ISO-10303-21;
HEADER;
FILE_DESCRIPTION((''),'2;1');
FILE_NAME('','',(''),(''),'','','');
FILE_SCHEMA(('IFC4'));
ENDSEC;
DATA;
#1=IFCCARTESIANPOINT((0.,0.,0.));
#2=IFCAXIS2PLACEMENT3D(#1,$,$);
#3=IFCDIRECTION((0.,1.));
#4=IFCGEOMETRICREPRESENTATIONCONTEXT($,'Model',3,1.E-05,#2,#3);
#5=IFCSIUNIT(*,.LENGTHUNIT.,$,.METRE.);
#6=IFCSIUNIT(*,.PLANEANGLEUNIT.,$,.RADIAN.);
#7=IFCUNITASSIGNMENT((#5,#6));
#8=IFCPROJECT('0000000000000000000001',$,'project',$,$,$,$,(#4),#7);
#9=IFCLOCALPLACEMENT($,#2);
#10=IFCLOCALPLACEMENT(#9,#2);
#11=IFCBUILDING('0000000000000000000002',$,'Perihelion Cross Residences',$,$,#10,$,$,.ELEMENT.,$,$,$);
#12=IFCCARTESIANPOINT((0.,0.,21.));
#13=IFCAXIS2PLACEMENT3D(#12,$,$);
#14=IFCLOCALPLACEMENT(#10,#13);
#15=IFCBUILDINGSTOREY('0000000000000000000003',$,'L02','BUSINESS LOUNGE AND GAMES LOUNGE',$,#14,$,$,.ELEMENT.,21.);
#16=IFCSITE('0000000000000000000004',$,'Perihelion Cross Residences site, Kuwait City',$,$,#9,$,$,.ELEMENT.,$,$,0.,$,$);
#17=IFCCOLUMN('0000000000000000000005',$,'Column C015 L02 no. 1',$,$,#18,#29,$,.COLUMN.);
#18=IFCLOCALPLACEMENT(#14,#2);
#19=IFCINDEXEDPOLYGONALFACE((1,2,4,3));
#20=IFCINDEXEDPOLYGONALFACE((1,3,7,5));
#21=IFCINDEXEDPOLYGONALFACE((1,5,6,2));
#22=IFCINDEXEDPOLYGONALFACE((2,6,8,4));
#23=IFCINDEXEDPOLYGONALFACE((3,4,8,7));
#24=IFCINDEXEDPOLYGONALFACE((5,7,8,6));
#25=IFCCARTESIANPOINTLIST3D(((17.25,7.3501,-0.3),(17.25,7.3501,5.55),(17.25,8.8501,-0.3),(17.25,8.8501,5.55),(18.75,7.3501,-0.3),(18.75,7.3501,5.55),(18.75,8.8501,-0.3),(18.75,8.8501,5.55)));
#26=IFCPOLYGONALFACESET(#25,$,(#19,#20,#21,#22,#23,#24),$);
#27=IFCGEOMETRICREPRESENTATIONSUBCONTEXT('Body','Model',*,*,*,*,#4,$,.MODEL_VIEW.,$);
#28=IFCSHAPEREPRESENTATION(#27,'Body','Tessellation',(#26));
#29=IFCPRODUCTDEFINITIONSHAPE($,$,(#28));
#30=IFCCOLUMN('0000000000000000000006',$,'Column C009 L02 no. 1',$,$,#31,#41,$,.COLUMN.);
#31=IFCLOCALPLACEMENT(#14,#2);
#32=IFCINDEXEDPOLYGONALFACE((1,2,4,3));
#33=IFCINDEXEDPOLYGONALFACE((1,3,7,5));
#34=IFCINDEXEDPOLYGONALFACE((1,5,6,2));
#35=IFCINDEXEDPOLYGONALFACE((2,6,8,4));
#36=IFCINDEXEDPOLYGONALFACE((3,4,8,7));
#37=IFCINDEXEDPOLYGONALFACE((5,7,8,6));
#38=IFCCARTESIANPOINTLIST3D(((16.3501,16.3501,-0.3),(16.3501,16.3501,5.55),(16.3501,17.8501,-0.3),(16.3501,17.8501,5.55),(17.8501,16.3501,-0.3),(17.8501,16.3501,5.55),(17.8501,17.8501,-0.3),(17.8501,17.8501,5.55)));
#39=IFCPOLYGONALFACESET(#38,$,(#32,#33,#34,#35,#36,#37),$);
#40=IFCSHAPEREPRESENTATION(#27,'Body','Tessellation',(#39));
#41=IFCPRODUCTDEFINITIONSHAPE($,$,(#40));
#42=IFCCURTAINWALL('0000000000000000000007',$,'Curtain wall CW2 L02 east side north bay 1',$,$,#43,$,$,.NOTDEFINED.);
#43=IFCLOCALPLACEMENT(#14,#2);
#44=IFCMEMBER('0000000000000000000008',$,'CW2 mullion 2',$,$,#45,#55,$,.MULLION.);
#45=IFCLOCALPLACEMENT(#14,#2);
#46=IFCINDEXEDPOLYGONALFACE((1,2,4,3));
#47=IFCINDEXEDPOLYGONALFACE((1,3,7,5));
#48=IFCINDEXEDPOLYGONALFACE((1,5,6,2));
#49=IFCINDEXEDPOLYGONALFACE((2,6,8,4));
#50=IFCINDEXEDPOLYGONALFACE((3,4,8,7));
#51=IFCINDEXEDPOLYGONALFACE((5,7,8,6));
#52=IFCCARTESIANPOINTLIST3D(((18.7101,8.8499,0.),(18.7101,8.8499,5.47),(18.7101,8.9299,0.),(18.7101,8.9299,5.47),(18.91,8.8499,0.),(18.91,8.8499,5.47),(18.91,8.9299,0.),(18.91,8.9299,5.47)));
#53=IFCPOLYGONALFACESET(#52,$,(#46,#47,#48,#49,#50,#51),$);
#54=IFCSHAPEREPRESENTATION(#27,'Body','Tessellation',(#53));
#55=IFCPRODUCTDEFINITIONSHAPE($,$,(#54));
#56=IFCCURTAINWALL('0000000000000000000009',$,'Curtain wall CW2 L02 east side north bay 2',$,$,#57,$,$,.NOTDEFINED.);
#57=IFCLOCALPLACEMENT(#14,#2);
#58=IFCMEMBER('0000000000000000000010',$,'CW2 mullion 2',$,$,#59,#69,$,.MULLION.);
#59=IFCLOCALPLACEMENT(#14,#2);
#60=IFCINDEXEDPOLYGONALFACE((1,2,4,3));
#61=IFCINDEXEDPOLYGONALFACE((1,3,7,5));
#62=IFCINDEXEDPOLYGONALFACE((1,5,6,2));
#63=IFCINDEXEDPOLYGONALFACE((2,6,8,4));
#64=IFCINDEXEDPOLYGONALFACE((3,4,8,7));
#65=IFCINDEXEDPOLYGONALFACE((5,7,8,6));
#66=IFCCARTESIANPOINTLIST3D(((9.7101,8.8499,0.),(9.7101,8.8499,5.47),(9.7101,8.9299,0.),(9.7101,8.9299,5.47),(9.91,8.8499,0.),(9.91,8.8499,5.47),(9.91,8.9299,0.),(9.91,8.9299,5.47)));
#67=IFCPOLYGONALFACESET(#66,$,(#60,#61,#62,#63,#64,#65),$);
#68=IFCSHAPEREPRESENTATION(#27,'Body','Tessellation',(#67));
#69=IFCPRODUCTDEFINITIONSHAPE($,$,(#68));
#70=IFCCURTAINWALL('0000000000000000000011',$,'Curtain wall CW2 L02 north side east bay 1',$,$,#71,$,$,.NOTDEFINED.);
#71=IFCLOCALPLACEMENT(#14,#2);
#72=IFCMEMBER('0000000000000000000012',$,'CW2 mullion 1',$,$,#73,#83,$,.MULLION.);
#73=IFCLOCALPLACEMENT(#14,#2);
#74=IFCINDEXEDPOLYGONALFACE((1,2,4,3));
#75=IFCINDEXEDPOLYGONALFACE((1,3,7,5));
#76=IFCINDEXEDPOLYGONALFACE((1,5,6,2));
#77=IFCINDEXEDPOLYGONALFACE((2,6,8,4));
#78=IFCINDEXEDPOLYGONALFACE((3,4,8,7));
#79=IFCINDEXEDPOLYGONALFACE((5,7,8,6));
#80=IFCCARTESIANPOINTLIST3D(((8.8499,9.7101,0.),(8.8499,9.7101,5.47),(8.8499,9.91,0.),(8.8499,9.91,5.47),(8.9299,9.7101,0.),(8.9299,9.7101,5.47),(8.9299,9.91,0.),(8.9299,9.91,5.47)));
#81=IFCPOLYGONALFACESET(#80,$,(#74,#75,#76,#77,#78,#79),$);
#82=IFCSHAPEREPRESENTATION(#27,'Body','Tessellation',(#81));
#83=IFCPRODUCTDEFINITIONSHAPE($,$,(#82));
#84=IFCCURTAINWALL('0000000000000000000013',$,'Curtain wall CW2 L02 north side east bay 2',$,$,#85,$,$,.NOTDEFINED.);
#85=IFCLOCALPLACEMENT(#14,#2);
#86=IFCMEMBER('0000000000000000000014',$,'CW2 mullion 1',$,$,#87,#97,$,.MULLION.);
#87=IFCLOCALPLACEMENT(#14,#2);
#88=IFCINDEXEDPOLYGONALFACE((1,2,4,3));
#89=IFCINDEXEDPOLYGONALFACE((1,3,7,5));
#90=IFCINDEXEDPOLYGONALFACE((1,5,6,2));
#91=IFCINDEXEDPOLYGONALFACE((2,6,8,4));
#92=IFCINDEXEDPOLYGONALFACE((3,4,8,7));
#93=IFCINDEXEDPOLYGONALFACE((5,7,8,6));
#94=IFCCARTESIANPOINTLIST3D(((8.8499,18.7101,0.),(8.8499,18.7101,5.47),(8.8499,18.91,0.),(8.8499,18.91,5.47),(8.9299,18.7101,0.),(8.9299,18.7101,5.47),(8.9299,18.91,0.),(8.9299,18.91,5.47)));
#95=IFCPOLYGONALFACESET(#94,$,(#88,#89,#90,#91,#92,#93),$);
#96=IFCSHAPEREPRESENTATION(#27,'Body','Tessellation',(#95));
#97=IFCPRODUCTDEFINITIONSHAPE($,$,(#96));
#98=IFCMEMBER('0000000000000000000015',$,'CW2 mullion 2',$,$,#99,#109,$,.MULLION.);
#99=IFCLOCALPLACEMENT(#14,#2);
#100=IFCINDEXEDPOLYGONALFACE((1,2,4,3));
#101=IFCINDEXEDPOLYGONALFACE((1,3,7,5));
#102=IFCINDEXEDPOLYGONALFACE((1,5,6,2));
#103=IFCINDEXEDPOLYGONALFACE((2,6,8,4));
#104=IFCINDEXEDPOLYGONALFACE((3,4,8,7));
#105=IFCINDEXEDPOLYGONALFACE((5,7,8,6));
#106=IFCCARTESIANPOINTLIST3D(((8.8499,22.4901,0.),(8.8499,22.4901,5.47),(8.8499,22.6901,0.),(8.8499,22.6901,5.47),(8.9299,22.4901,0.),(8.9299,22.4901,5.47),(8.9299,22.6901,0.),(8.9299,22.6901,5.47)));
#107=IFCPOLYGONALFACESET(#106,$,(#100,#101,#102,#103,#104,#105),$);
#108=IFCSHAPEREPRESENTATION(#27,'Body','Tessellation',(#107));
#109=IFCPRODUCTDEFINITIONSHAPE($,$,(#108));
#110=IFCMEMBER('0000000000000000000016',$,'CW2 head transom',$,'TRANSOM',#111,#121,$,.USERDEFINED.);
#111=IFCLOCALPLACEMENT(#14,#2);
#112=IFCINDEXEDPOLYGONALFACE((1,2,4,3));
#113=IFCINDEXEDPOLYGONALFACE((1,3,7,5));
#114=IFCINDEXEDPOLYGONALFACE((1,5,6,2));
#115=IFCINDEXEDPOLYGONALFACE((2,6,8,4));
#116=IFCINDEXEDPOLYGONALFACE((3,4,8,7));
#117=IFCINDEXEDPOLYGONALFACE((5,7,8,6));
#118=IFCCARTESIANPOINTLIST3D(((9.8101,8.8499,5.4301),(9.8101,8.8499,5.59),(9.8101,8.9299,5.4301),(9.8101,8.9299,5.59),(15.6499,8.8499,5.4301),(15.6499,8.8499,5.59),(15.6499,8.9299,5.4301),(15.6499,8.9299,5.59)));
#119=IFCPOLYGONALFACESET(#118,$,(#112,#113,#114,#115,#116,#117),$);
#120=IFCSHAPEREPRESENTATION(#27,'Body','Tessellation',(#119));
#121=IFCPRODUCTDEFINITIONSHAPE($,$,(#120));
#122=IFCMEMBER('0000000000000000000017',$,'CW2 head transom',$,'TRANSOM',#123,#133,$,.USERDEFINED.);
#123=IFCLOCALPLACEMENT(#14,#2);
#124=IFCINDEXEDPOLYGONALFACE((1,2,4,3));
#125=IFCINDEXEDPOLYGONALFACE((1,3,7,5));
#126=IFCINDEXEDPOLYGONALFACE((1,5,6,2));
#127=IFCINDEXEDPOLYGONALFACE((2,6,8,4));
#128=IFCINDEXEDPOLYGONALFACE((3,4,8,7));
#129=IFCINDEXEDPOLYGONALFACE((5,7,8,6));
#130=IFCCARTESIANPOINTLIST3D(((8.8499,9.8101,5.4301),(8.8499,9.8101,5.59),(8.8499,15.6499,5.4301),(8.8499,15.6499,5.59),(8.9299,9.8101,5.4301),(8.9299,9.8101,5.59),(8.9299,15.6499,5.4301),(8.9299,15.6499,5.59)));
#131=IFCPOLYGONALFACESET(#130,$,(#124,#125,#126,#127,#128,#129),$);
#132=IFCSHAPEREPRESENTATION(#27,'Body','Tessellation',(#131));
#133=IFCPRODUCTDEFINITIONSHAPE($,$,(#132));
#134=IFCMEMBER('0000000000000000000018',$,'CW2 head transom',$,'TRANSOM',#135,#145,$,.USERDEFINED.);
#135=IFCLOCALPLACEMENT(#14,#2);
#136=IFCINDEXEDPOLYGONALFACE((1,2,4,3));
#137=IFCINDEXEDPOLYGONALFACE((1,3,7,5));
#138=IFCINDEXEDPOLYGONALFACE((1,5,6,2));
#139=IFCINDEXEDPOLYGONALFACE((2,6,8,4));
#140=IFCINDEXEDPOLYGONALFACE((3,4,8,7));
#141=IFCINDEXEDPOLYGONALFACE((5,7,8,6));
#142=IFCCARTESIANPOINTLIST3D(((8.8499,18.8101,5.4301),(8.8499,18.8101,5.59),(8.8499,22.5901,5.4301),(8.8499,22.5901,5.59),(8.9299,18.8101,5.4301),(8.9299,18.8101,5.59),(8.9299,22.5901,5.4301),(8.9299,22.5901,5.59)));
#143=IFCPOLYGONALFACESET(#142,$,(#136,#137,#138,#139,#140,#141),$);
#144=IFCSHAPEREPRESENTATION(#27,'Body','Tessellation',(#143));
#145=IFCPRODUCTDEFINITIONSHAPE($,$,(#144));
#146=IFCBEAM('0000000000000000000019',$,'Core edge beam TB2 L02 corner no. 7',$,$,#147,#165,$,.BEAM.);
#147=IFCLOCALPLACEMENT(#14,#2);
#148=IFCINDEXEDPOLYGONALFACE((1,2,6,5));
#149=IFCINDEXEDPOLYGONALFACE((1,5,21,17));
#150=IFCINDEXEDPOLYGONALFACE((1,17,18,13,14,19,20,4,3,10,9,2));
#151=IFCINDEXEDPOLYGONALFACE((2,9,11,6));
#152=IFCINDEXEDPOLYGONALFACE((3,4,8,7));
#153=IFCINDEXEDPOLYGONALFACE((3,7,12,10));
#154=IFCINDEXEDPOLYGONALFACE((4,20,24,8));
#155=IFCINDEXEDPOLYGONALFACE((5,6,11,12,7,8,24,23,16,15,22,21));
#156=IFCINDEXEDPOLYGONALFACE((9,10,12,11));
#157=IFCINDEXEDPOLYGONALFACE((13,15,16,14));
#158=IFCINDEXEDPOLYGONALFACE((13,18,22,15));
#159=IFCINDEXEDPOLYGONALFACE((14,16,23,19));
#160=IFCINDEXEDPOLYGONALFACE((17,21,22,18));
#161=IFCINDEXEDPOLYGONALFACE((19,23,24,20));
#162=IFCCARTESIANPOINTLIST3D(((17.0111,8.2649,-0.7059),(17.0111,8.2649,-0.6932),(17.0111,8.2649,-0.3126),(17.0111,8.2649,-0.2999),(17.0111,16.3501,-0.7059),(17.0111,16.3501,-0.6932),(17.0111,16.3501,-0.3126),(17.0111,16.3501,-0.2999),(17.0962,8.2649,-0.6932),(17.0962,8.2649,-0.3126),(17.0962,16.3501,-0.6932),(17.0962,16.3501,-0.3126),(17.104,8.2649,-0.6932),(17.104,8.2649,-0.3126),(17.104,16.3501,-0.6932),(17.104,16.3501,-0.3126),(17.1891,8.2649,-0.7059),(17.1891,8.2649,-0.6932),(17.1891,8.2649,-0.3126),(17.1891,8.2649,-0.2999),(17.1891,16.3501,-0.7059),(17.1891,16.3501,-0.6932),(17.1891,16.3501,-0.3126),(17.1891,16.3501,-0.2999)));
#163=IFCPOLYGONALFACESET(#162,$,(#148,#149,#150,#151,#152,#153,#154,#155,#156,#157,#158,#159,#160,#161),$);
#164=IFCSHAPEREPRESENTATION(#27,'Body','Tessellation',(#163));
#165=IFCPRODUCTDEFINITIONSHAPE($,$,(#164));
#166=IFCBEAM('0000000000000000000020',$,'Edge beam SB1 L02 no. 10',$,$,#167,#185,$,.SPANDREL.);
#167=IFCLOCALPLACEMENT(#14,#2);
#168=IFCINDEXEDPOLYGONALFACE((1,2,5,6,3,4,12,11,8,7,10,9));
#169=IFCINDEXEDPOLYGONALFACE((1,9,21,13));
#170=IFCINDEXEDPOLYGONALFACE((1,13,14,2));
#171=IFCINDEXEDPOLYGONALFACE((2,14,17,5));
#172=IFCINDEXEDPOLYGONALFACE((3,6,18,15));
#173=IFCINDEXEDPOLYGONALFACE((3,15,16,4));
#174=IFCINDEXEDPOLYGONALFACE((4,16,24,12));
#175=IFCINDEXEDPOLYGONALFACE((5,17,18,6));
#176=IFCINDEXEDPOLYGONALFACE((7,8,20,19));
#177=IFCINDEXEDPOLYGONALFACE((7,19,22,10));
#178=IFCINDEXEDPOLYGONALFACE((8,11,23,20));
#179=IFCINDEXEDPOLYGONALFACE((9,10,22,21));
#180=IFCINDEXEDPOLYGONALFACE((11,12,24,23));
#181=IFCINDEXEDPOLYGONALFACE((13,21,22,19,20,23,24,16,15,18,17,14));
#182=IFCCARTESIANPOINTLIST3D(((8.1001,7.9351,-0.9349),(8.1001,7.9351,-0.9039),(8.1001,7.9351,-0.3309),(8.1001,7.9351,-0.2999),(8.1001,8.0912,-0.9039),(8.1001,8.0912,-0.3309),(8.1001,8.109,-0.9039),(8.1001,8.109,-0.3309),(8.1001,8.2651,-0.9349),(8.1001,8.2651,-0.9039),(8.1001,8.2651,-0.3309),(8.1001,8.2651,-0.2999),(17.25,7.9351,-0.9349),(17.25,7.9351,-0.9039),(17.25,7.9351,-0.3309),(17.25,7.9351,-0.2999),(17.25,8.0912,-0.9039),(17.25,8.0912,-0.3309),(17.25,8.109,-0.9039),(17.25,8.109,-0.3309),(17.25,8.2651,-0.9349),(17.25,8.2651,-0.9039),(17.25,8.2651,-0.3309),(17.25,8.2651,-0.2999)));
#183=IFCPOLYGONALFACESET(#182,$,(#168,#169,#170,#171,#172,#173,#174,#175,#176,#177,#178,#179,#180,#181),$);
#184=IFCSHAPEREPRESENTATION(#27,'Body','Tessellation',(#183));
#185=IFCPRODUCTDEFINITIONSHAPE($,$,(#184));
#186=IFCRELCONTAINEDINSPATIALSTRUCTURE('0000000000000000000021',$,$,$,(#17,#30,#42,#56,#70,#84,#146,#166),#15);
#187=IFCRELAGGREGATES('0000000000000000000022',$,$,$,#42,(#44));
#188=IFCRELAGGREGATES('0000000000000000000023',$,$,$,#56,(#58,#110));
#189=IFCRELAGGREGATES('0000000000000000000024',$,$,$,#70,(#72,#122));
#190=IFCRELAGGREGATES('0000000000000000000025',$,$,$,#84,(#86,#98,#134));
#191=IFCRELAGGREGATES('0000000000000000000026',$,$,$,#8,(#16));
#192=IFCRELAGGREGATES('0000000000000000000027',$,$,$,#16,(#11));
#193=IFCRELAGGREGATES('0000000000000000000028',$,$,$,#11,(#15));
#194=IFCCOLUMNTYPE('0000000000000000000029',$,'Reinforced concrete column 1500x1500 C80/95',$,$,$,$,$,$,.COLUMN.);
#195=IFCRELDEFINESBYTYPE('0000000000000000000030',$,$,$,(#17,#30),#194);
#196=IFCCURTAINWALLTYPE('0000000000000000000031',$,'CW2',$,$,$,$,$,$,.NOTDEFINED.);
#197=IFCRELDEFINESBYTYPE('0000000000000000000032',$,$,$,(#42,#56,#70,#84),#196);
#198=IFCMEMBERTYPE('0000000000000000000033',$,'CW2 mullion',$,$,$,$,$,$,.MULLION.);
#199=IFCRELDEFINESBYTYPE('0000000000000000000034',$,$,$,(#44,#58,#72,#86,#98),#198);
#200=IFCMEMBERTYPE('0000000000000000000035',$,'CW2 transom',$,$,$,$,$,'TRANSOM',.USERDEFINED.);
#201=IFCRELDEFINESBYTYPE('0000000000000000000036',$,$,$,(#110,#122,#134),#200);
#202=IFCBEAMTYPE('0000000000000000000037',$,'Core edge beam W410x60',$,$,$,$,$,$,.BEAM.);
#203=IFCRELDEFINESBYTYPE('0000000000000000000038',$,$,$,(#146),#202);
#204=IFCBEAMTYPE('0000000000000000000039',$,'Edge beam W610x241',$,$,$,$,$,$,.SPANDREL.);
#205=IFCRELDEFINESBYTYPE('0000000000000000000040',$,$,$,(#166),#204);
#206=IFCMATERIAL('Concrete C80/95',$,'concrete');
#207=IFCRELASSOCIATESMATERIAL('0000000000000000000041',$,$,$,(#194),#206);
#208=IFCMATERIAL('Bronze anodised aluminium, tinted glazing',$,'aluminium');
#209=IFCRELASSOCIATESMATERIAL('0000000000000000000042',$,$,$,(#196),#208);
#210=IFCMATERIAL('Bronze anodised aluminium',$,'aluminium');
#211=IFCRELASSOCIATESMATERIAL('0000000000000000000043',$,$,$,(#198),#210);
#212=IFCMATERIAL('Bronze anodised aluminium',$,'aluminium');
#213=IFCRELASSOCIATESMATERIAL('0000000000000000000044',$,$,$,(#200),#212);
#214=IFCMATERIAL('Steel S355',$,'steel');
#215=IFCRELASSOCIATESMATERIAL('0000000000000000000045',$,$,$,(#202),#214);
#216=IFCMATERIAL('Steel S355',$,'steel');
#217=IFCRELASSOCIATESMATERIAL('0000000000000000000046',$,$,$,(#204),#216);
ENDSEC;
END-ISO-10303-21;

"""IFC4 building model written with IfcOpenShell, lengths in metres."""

from ifc_helpers import new_model, si_unit, direction, frame, origin, origin_2d, place, context, subcontext, project, spatial, rectangle, i_section, extrude, material, material_profile, profile_set, type_object, element, aggregate, save


model = new_model("IFC4")

# Units and contexts
model_context = context("Model", 3, precision=1e-05, world=origin(), true_north=direction((0.0, 1.0)))
body_context = subcontext(model_context, "Body", "Model", "MODEL_VIEW")
ifc_project = project(units=[si_unit("LENGTHUNIT", "METRE"), si_unit("PLANEANGLEUNIT", "RADIAN")], contexts=[model_context])

# Site, building, storey
site_placement = place(None, origin())
site = spatial("IfcSite", under=ifc_project, at=site_placement, Name="Perihelion Cross Residences site, Kuwait City", CompositionType="ELEMENT", RefElevation=0.0)
building_placement = place(site_placement, origin())
building = spatial("IfcBuilding", under=site, at=building_placement, Name="Perihelion Cross Residences", CompositionType="ELEMENT")
storey_placement = place(building_placement, frame((0.0, 0.0, 21.0)))
storey = spatial("IfcBuildingStorey", under=building, at=storey_placement, Name="L02", Description="BUSINESS LOUNGE AND GAMES LOUNGE", CompositionType="ELEMENT", Elevation=21.0)

# Columns
ifc_material_1 = material(Name="Concrete C80/95", Category="concrete")
ifc_material_profile_1 = material_profile(ifc_material_1, rectangle(XDim=1.5, YDim=1.5, at=origin_2d()), Name="RC 1500x1500")
ifc_profile_set_1 = profile_set([ifc_material_profile_1], Name="Concrete C80/95")
column_type = type_object("IfcColumnType", Name="Reinforced concrete column 1500x1500 C80/95", PredefinedType="COLUMN", material=ifc_profile_set_1)
for number, where, z_axis, x_axis, name in (
    (1, (18.0, 8.1001, -0.3), (0.0, 0.0, 1.0), (1.0, 0.0, 0.0), "Column C015 L02 no. 1"),
    (2, (17.1001, 17.1001, -0.3), (0.0, 0.0, 1.0), (1.0, 0.0, 0.0), "Column C009 L02 no. 1"),
):
    element("IfcColumn", number, at=place(storey_placement, frame(where, z_axis=z_axis, x_axis=x_axis)), inside=storey, type_object=column_type, Name=name, PredefinedType="COLUMN", context=body_context, shape_type="SweptSolid", body=[
        extrude(rectangle(XDim=1.5, YDim=1.5, at=origin_2d()), origin(), (0.0, 0.0, 1.0), 5.8501),
    ])

# Curtain walls, members
ifc_material_2 = material(Name="Bronze anodised aluminium, tinted glazing", Category="aluminium")
curtain_wall_type = type_object("IfcCurtainWallType", Name="CW2", PredefinedType="NOTDEFINED", material=ifc_material_2)
curtain_wall_1_placement = place(storey_placement, origin())
curtain_wall_1 = element("IfcCurtainWall", 3, at=curtain_wall_1_placement, inside=storey, type_object=curtain_wall_type, Name="Curtain wall CW2 L02 east side north bay 1", PredefinedType="NOTDEFINED")
ifc_material_3 = material(Name="Bronze anodised aluminium", Category="aluminium")
ifc_material_profile_2 = material_profile(ifc_material_3, rectangle(XDim=0.0801, YDim=0.2, at=origin_2d()), Name="CW2 mullion")
ifc_profile_set_2 = profile_set([ifc_material_profile_2], Name="Bronze anodised aluminium")
member_type_1 = type_object("IfcMemberType", Name="CW2 mullion", PredefinedType="MULLION", material=ifc_profile_set_2)
member_1_placement = place(storey_placement, frame((18.8101, 8.8899, 0.0), z_axis=(0.0, 0.0, 1.0), x_axis=(0.0, -1.0, 0.0)))
member_1 = element("IfcMember", 4, at=member_1_placement, type_object=member_type_1, Name="CW2 mullion 2", PredefinedType="MULLION", context=body_context, shape_type="SweptSolid", body=[
    extrude(rectangle(XDim=0.0801, YDim=0.2, at=origin_2d()), origin(), (0.0, 0.0, 1.0), 5.47),
])
aggregate(curtain_wall_1, [member_1])
curtain_wall_2_placement = place(storey_placement, origin())
curtain_wall_2 = element("IfcCurtainWall", 5, at=curtain_wall_2_placement, inside=storey, type_object=curtain_wall_type, Name="Curtain wall CW2 L02 east side north bay 2", PredefinedType="NOTDEFINED")
member_2_placement = place(storey_placement, frame((9.8101, 8.8899, 0.0), z_axis=(0.0, 0.0, 1.0), x_axis=(0.0, -1.0, 0.0)))
member_2 = element("IfcMember", 6, at=member_2_placement, type_object=member_type_1, Name="CW2 mullion 2", PredefinedType="MULLION", context=body_context, shape_type="SweptSolid", body=[
    extrude(rectangle(XDim=0.0801, YDim=0.2, at=origin_2d()), origin(), (0.0, 0.0, 1.0), 5.47),
])
curtain_wall_3_placement = place(storey_placement, origin())
curtain_wall_3 = element("IfcCurtainWall", 7, at=curtain_wall_3_placement, inside=storey, type_object=curtain_wall_type, Name="Curtain wall CW2 L02 north side east bay 1", PredefinedType="NOTDEFINED")
member_3_placement = place(storey_placement, frame((8.8899, 9.8101, 0.0), z_axis=(0.0, 0.0, 1.0), x_axis=(-1.0, 0.0, 0.0)))
member_3 = element("IfcMember", 8, at=member_3_placement, type_object=member_type_1, Name="CW2 mullion 1", PredefinedType="MULLION", context=body_context, shape_type="SweptSolid", body=[
    extrude(rectangle(XDim=0.0801, YDim=0.2, at=origin_2d()), origin(), (0.0, 0.0, 1.0), 5.47),
])

# Curtain wall, members
curtain_wall_4_placement = place(storey_placement, origin())
curtain_wall_4 = element("IfcCurtainWall", 9, at=curtain_wall_4_placement, inside=storey, type_object=curtain_wall_type, Name="Curtain wall CW2 L02 north side east bay 2", PredefinedType="NOTDEFINED")
member_4_placement = place(storey_placement, frame((8.8899, 18.8101, 0.0), z_axis=(0.0, 0.0, 1.0), x_axis=(-1.0, 0.0, 0.0)))
member_4 = element("IfcMember", 10, at=member_4_placement, type_object=member_type_1, Name="CW2 mullion 1", PredefinedType="MULLION", context=body_context, shape_type="SweptSolid", body=[
    extrude(rectangle(XDim=0.0801, YDim=0.2, at=origin_2d()), origin(), (0.0, 0.0, 1.0), 5.47),
])
member_5_placement = place(storey_placement, frame((8.8899, 22.5901, 0.0), z_axis=(0.0, 0.0, 1.0), x_axis=(-1.0, 0.0, 0.0)))
member_5 = element("IfcMember", 11, at=member_5_placement, type_object=member_type_1, Name="CW2 mullion 2", PredefinedType="MULLION", context=body_context, shape_type="SweptSolid", body=[
    extrude(rectangle(XDim=0.0801, YDim=0.2, at=origin_2d()), origin(), (0.0, 0.0, 1.0), 5.47),
])

# Members
ifc_material_4 = material(Name="Bronze anodised aluminium", Category="aluminium")
ifc_material_profile_3 = material_profile(ifc_material_4, rectangle(XDim=0.0801, YDim=0.1599, at=origin_2d()), Name="CW2 transom")
ifc_profile_set_3 = profile_set([ifc_material_profile_3], Name="Bronze anodised aluminium")
member_type_2 = type_object("IfcMemberType", Name="CW2 transom", ElementType="TRANSOM", PredefinedType="USERDEFINED", material=ifc_profile_set_3)
member_6_placement = place(storey_placement, frame((15.6499, 8.8899, 5.51), z_axis=(-1.0, 0.0, 0.0), x_axis=(0.0, -1.0, 0.0)))
member_6 = element("IfcMember", 12, at=member_6_placement, type_object=member_type_2, Name="CW2 head transom", ObjectType="TRANSOM", PredefinedType="USERDEFINED", context=body_context, shape_type="SweptSolid", body=[
    extrude(rectangle(XDim=0.0801, YDim=0.1599, at=origin_2d()), origin(), (0.0, 0.0, 1.0), 5.8398),
])
member_7_placement = place(storey_placement, frame((8.8899, 9.8101, 5.51), z_axis=(0.0, 1.0, 0.0), x_axis=(-1.0, 0.0, 0.0)))
member_7 = element("IfcMember", 13, at=member_7_placement, type_object=member_type_2, Name="CW2 head transom", ObjectType="TRANSOM", PredefinedType="USERDEFINED", context=body_context, shape_type="SweptSolid", body=[
    extrude(rectangle(XDim=0.0801, YDim=0.1599, at=origin_2d()), origin(), (0.0, 0.0, 1.0), 5.8398),
])
member_8_placement = place(storey_placement, frame((8.8899, 18.8101, 5.51), z_axis=(0.0, 1.0, 0.0), x_axis=(-1.0, 0.0, 0.0)))
member_8 = element("IfcMember", 14, at=member_8_placement, type_object=member_type_2, Name="CW2 head transom", ObjectType="TRANSOM", PredefinedType="USERDEFINED", context=body_context, shape_type="SweptSolid", body=[
    extrude(rectangle(XDim=0.0801, YDim=0.1599, at=origin_2d()), origin(), (0.0, 0.0, 1.0), 3.78),
])

# Beams
ifc_material_5 = material(Name="Steel S355", Category="steel")
ifc_material_profile_4 = material_profile(ifc_material_5, i_section(OverallWidth=0.178, OverallDepth=0.406, WebThickness=0.0078, FlangeThickness=0.0127, at=origin_2d()), Name="W410x60")
ifc_profile_set_4 = profile_set([ifc_material_profile_4], Name="Steel S355")
beam_type_1 = type_object("IfcBeamType", Name="Core edge beam W410x60", PredefinedType="BEAM", material=ifc_profile_set_4)
beam_1_placement = place(storey_placement, frame((17.1001, 8.2649, -0.5029), z_axis=(0.0, 1.0, 0.0), x_axis=(-1.0, 0.0, 0.0)))
element("IfcBeam", 15, at=beam_1_placement, inside=storey, type_object=beam_type_1, Name="Core edge beam TB2 L02 corner no. 7", PredefinedType="BEAM", context=body_context, shape_type="SweptSolid", body=[
    extrude(i_section(OverallWidth=0.178, OverallDepth=0.406, WebThickness=0.0078, FlangeThickness=0.0127, at=origin_2d()), origin(), (0.0, 0.0, 1.0), 8.0852),
])
ifc_material_6 = material(Name="Steel S355", Category="steel")
ifc_material_profile_5 = material_profile(ifc_material_6, i_section(OverallWidth=0.3301, OverallDepth=0.635, WebThickness=0.0178, FlangeThickness=0.031, at=origin_2d()), Name="W610x241")
ifc_profile_set_5 = profile_set([ifc_material_profile_5], Name="Steel S355")
beam_type_2 = type_object("IfcBeamType", Name="Edge beam W610x241", PredefinedType="SPANDREL", material=ifc_profile_set_5)
beam_2_placement = place(storey_placement, frame((17.25, 8.1001, -0.6174), z_axis=(-1.0, 0.0, 0.0), x_axis=(0.0, -1.0, 0.0)))
element("IfcBeam", 16, at=beam_2_placement, inside=storey, type_object=beam_type_2, Name="Edge beam SB1 L02 no. 10", PredefinedType="SPANDREL", context=body_context, shape_type="SweptSolid", body=[
    extrude(i_section(OverallWidth=0.3301, OverallDepth=0.635, WebThickness=0.0178, FlangeThickness=0.031, at=origin_2d()), origin(), (0.0, 0.0, 1.0), 9.1499),
])

aggregate(curtain_wall_2, [member_2, member_6])
aggregate(curtain_wall_3, [member_3, member_7])
aggregate(curtain_wall_4, [member_4, member_5, member_8])

save(model, "model.ifc")
